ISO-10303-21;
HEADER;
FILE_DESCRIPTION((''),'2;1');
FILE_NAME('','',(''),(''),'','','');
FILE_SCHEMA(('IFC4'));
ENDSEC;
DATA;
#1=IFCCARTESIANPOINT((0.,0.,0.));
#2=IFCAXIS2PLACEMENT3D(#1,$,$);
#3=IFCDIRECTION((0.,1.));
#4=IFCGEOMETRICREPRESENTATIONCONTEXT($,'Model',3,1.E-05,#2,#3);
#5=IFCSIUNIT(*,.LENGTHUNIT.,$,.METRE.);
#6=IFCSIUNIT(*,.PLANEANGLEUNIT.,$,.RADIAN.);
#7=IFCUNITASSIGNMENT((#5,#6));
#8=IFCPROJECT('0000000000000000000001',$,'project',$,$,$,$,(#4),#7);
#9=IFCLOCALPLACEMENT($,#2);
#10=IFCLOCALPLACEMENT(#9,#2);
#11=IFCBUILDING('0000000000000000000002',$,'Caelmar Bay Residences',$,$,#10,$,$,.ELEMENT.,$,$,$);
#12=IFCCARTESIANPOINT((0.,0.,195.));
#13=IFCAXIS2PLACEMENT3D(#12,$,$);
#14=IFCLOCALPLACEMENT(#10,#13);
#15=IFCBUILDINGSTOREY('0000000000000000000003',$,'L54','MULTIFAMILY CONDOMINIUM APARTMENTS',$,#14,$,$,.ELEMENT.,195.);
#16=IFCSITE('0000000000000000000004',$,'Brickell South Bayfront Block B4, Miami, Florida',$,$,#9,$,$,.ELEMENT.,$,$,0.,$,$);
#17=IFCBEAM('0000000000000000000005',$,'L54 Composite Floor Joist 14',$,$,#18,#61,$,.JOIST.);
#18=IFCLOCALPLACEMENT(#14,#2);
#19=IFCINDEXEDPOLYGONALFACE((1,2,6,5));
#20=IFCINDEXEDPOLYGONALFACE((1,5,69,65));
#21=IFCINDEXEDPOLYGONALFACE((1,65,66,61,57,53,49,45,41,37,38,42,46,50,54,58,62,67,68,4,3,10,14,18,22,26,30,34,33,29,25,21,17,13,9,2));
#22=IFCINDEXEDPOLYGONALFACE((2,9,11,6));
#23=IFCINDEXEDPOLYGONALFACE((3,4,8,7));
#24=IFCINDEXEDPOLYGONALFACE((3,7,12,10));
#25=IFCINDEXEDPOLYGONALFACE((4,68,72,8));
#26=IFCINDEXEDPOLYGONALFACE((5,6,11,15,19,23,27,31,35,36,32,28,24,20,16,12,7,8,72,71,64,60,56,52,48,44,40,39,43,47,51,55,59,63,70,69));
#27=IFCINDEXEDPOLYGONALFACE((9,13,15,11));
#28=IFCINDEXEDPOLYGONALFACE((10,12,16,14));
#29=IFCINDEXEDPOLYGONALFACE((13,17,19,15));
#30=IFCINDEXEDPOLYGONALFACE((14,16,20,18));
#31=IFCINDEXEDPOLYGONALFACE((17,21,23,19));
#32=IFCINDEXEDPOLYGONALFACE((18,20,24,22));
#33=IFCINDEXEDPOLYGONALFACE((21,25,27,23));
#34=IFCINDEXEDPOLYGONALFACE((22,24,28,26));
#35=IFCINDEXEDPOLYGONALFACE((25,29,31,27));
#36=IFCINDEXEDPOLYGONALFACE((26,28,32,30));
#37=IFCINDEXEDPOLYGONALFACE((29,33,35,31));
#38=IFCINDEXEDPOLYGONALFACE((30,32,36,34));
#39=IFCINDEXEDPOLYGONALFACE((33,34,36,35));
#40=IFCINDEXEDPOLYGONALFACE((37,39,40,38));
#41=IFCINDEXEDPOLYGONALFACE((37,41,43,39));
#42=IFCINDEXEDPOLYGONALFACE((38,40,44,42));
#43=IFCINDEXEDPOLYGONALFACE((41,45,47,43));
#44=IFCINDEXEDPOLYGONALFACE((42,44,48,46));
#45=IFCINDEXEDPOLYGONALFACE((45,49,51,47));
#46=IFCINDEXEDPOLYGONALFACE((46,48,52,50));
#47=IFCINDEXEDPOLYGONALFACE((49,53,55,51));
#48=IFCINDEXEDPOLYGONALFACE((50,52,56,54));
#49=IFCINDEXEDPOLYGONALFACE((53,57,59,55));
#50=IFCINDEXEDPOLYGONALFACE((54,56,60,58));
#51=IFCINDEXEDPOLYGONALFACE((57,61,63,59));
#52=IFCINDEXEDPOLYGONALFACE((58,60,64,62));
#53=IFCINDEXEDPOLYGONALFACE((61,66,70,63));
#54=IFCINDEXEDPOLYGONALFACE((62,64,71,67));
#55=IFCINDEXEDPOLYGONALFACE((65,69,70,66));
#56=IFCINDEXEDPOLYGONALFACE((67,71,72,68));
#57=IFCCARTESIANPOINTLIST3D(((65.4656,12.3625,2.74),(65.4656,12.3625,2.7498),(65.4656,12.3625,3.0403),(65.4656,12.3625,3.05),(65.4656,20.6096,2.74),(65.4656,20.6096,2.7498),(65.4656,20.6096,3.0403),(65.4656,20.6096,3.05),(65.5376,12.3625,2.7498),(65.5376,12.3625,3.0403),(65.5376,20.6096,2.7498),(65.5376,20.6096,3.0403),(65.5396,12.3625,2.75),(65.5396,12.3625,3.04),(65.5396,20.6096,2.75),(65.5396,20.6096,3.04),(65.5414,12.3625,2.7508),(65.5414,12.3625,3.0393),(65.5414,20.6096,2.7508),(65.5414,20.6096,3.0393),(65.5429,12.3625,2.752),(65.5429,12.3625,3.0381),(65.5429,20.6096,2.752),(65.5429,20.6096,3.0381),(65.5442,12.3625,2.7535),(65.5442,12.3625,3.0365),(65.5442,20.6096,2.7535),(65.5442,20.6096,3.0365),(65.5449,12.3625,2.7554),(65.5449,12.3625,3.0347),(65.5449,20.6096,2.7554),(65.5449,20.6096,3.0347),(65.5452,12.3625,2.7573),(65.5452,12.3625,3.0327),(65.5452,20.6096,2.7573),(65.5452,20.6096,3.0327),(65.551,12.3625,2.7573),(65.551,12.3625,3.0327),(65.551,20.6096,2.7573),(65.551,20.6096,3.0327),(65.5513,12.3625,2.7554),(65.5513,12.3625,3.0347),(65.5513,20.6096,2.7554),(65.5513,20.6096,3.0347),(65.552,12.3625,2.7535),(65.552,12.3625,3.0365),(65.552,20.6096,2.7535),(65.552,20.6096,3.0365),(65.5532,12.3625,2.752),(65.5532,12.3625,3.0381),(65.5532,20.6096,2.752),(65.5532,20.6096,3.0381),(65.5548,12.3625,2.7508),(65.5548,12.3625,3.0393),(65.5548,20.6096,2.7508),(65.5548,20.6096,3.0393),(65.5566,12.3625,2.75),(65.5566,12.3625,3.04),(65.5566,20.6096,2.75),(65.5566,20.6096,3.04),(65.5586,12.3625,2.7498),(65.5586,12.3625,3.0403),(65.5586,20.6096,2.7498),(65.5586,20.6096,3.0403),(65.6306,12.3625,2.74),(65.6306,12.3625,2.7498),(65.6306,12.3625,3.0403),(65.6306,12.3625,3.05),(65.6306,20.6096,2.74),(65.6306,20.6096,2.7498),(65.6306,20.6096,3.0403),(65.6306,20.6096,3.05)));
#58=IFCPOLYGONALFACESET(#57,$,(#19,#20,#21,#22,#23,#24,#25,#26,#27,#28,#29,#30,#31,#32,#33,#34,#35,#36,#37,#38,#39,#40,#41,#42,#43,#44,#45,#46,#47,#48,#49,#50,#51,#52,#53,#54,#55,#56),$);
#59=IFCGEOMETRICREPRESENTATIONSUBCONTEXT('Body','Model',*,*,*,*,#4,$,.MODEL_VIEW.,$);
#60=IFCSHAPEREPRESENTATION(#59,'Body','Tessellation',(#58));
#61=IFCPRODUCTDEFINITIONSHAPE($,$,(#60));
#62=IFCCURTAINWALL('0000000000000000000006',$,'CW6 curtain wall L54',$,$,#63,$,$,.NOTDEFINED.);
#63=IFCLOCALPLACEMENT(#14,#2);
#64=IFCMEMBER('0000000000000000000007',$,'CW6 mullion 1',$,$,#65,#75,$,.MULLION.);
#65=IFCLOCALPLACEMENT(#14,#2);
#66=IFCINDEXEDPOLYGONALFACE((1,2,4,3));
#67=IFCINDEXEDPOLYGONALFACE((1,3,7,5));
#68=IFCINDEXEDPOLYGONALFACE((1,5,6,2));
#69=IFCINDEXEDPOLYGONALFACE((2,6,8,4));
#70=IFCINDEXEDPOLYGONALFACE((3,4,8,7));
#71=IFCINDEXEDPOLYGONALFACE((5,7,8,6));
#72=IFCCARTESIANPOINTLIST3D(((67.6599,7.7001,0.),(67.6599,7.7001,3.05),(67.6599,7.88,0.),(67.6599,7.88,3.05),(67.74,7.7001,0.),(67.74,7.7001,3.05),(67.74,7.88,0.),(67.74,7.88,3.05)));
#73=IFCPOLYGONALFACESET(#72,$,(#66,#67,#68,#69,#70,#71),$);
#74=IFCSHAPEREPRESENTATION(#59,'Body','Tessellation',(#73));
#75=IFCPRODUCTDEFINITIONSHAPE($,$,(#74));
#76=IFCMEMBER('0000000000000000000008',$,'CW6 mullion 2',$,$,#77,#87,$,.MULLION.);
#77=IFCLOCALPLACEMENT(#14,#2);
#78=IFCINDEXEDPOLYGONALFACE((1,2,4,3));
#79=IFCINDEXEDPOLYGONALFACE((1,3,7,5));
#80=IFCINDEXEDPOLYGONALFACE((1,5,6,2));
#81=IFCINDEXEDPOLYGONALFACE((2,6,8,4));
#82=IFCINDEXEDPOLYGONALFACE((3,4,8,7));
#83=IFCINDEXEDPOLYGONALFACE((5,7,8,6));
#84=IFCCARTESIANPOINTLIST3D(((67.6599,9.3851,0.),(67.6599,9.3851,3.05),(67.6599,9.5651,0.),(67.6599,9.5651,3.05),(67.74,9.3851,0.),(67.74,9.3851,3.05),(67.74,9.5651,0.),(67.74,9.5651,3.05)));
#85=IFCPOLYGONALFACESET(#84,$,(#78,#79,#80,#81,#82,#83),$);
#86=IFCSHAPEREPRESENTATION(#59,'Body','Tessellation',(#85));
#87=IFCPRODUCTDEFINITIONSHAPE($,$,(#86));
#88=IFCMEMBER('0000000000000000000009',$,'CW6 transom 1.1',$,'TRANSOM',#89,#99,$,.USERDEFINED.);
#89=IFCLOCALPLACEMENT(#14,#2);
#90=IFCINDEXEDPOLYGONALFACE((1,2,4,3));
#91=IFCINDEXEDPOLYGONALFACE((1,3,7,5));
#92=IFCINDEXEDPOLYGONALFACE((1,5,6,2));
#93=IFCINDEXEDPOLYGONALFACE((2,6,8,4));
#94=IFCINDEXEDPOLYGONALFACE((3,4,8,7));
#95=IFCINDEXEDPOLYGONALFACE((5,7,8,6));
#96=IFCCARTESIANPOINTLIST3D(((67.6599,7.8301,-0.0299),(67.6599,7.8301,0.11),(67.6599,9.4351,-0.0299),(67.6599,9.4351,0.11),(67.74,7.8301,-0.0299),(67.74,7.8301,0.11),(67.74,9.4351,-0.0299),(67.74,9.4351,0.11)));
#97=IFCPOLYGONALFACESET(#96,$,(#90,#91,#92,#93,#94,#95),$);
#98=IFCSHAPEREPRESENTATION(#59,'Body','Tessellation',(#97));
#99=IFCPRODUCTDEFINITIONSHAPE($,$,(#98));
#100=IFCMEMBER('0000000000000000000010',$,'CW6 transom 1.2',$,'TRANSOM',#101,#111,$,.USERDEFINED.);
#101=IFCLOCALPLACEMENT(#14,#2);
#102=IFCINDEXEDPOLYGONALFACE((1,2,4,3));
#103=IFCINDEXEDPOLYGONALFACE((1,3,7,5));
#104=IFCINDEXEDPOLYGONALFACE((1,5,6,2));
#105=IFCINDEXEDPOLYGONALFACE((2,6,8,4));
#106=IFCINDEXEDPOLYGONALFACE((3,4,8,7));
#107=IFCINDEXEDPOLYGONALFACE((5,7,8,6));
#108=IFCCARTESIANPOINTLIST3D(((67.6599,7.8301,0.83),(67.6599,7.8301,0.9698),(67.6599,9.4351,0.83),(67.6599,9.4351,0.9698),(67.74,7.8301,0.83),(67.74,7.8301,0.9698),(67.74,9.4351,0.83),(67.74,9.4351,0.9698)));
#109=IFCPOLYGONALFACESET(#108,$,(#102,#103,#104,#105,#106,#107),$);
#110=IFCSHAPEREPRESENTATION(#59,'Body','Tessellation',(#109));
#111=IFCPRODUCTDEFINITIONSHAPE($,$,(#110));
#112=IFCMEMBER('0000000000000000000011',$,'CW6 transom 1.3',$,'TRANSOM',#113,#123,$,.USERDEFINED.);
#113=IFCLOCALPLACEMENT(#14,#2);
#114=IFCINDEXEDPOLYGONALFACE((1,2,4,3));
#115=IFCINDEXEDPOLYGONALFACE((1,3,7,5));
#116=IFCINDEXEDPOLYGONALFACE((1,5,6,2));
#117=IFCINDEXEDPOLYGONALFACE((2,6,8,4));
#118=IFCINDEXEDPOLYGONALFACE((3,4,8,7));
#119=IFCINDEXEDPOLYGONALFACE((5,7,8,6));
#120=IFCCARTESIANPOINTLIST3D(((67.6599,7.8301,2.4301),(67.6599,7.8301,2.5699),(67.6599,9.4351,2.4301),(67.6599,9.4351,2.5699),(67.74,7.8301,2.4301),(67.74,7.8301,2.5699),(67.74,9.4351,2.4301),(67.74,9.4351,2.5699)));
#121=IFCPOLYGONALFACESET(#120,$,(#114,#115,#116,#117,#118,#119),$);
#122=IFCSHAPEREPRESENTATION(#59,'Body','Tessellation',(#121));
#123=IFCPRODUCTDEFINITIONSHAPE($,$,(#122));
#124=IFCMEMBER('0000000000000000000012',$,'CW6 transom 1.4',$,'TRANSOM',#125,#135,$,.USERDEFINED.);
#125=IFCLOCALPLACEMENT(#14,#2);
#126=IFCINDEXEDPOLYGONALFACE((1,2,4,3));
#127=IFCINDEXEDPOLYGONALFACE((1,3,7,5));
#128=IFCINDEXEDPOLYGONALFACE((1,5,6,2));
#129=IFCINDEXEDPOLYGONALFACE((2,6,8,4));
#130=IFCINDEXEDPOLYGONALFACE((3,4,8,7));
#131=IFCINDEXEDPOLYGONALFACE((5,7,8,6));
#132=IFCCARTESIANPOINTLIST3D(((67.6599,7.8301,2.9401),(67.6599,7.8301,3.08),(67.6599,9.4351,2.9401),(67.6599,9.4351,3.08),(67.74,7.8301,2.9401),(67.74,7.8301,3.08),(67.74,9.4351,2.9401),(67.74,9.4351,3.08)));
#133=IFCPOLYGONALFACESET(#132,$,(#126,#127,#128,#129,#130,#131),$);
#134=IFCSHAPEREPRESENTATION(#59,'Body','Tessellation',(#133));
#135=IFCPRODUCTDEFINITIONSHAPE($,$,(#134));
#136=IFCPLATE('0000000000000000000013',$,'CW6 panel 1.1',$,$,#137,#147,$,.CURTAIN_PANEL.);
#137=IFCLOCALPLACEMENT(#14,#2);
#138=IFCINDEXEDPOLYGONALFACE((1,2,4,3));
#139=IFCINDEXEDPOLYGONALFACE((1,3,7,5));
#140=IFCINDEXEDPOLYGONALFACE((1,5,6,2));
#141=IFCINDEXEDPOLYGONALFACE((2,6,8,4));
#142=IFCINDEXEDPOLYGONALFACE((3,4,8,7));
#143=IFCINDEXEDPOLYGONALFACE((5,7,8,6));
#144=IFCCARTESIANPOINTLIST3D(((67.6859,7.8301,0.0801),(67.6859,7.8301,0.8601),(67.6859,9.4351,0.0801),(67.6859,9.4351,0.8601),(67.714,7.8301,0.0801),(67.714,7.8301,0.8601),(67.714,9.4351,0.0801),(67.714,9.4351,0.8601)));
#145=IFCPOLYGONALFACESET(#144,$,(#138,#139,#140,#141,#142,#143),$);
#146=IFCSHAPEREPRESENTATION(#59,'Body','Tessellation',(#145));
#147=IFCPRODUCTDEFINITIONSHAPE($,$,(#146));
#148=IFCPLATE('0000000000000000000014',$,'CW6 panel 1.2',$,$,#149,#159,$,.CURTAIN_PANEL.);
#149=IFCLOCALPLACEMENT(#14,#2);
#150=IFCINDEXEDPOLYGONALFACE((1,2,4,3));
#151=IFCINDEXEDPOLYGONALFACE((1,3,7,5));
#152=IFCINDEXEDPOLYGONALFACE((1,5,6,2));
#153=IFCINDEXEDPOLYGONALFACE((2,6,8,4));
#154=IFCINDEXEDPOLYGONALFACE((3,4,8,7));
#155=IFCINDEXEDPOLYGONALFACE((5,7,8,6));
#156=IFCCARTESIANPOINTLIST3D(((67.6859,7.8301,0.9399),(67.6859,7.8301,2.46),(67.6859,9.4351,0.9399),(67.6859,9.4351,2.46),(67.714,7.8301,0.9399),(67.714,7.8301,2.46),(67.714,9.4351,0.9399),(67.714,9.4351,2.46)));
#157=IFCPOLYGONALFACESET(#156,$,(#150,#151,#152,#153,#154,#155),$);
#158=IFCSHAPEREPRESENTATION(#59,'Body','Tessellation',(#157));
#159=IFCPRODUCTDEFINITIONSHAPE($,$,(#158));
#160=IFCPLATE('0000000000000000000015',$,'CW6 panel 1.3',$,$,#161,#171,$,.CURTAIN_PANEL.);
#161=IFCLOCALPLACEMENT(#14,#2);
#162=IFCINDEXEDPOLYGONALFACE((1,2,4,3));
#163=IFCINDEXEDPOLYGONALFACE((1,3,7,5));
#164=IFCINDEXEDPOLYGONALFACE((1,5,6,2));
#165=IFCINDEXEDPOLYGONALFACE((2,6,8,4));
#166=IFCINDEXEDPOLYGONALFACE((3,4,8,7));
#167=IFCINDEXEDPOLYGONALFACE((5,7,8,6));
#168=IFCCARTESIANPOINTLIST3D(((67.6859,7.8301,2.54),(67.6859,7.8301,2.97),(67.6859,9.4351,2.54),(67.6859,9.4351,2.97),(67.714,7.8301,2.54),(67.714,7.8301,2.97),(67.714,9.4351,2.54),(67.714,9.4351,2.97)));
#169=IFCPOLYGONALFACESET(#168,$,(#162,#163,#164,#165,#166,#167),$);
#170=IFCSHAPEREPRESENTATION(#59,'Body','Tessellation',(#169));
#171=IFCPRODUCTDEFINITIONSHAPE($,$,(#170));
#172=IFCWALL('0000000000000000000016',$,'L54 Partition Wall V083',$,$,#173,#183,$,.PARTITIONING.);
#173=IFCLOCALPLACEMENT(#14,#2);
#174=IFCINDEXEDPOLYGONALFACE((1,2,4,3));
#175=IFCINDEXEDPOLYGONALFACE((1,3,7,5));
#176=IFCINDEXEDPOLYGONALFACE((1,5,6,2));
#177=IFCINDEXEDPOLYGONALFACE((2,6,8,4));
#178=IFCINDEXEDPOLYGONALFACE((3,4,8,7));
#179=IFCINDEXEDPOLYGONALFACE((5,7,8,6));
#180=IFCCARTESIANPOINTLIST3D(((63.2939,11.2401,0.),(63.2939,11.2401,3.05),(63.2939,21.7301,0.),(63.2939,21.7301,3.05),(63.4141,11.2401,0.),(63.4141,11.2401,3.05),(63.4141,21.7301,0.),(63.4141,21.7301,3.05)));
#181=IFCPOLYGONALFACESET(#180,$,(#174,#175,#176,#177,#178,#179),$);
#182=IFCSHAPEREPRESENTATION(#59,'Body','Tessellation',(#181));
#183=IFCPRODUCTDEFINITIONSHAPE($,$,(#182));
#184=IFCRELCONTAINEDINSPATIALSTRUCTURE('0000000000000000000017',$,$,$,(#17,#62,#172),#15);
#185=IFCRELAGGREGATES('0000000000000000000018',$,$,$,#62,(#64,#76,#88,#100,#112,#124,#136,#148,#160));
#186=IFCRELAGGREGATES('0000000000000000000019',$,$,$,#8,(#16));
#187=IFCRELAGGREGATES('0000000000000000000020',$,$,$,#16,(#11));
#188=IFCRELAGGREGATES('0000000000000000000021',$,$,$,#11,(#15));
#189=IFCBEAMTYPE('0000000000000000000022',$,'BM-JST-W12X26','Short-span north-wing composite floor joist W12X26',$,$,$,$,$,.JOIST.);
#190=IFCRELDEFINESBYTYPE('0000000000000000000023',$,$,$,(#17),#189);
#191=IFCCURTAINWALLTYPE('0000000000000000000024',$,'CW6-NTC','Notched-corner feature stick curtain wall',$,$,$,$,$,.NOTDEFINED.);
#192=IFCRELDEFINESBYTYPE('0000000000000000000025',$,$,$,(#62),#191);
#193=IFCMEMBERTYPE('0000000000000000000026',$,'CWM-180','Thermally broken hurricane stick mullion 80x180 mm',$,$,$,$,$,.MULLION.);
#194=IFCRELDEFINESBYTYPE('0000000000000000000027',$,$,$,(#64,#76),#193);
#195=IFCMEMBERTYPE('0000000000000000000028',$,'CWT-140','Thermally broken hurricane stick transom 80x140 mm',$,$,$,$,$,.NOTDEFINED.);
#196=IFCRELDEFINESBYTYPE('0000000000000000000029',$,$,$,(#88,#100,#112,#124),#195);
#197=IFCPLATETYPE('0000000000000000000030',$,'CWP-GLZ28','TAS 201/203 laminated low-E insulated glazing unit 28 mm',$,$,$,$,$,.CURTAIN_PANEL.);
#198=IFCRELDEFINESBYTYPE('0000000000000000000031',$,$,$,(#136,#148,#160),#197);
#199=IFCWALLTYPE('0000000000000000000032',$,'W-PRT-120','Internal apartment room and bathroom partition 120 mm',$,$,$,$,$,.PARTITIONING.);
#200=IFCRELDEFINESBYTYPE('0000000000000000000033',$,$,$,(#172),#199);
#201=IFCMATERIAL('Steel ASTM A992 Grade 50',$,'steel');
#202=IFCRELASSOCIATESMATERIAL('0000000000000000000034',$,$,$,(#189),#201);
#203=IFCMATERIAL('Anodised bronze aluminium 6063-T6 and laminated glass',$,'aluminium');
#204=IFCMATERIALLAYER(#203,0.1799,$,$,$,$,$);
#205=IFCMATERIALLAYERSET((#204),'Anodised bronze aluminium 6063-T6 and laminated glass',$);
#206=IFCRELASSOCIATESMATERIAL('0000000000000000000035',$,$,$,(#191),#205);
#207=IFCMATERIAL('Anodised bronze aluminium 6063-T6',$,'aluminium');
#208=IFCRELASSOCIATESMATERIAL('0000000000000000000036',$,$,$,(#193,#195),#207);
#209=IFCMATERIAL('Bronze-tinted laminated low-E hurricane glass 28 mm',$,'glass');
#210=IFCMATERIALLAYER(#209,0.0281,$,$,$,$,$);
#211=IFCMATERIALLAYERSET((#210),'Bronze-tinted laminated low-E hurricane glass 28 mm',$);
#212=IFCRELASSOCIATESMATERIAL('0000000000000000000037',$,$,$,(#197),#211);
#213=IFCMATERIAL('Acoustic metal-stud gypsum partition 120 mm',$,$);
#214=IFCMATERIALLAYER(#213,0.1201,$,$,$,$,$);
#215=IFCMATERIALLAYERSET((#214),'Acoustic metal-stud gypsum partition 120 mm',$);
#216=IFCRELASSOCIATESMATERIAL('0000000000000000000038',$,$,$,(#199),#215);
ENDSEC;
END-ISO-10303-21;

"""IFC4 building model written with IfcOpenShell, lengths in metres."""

from ifc_helpers import new_model, si_unit, direction, frame, frame_2d, origin, origin_2d, place, context, subcontext, project, spatial, rectangle, i_section, extrude, material, layer, layer_set, material_profile, profile_set, type_object, element, aggregate, save


model = new_model("IFC4")

# Units and contexts
model_context = context("Model", 3, precision=1e-05, world=origin(), true_north=direction((0.0, 1.0)))
body_context = subcontext(model_context, "Body", "Model", "MODEL_VIEW")
ifc_project = project(units=[si_unit("LENGTHUNIT", "METRE"), si_unit("PLANEANGLEUNIT", "RADIAN")], contexts=[model_context])

# Site, building, storey
site_placement = place(None, origin())
site = spatial("IfcSite", under=ifc_project, at=site_placement, Name="Brickell South Bayfront Block B4, Miami, Florida", CompositionType="ELEMENT", RefElevation=0.0)
building_placement = place(site_placement, origin())
building = spatial("IfcBuilding", under=site, at=building_placement, Name="Caelmar Bay Residences", CompositionType="ELEMENT")
storey_placement = place(building_placement, frame((0.0, 0.0, 195.0)))
storey = spatial("IfcBuildingStorey", under=building, at=storey_placement, Name="L54", Description="MULTIFAMILY CONDOMINIUM APARTMENTS", CompositionType="ELEMENT", Elevation=195.0)

# Beam
ifc_material_1 = material(Name="Steel ASTM A992 Grade 50", Category="steel")
ifc_material_profile_1 = material_profile(ifc_material_1, i_section(OverallWidth=0.165, OverallDepth=0.3101, WebThickness=0.0059, FlangeThickness=0.0098, FilletRadius=0.0076, at=origin_2d()), Name="W12X26")
ifc_profile_set_1 = profile_set([ifc_material_profile_1], Name="Steel ASTM A992 Grade 50")
beam_type = type_object("IfcBeamType", Name="BM-JST-W12X26", Description="Short-span north-wing composite floor joist W12X26", PredefinedType="JOIST", material=ifc_profile_set_1)
beam_placement = place(storey_placement, frame((65.5481, 12.3625, 2.895), z_axis=(0.0, 1.0, 0.0), x_axis=(-1.0, 0.0, 0.0)))
element("IfcBeam", 1, at=beam_placement, inside=storey, type_object=beam_type, Name="L54 Composite Floor Joist 14", PredefinedType="JOIST", context=body_context, shape_type="SweptSolid", body=[
    extrude(i_section(OverallWidth=0.165, OverallDepth=0.3101, WebThickness=0.0059, FlangeThickness=0.0098, FilletRadius=0.0076, at=origin_2d()), origin(), (0.0, 0.0, 1.0), 8.2471),
])

# Curtain wall, members, plates
ifc_material_2 = material(Name="Anodised bronze aluminium 6063-T6 and laminated glass", Category="aluminium")
ifc_layer_1 = layer(ifc_material_2, 0.1799)
ifc_layer_set_1 = layer_set([ifc_layer_1], Name="Anodised bronze aluminium 6063-T6 and laminated glass")
curtain_wall_type = type_object("IfcCurtainWallType", Name="CW6-NTC", Description="Notched-corner feature stick curtain wall", PredefinedType="NOTDEFINED", material=ifc_layer_set_1)
curtain_wall_placement = place(storey_placement, origin())
curtain_wall = element("IfcCurtainWall", 2, at=curtain_wall_placement, inside=storey, type_object=curtain_wall_type, Name="CW6 curtain wall L54", PredefinedType="NOTDEFINED")
ifc_material_3 = material(Name="Anodised bronze aluminium 6063-T6", Category="aluminium")
ifc_material_profile_2 = material_profile(ifc_material_3, rectangle(XDim=0.0801, YDim=0.1799, at=origin_2d()), Name="CWM-80X180")
ifc_profile_set_2 = profile_set([ifc_material_profile_2], Name="Anodised bronze aluminium 6063-T6")
member_type_1 = type_object("IfcMemberType", Name="CWM-180", Description="Thermally broken hurricane stick mullion 80x180 mm", PredefinedType="MULLION", material=ifc_profile_set_2)
member_1_placement = place(storey_placement, frame((67.7, 7.79, 0.0), z_axis=(0.0, 0.0, 1.0), x_axis=(-1.0, 0.0, 0.0)))
member_1 = element("IfcMember", 3, at=member_1_placement, type_object=member_type_1, Name="CW6 mullion 1", PredefinedType="MULLION", context=body_context, shape_type="SweptSolid", body=[
    extrude(rectangle(XDim=0.0801, YDim=0.1799, at=origin_2d()), origin(), (0.0, 0.0, 1.0), 3.05),
])
member_2_placement = place(storey_placement, frame((67.7, 9.4751, 0.0), z_axis=(0.0, 0.0, 1.0), x_axis=(-1.0, 0.0, 0.0)))
member_2 = element("IfcMember", 4, at=member_2_placement, type_object=member_type_1, Name="CW6 mullion 2", PredefinedType="MULLION", context=body_context, shape_type="SweptSolid", body=[
    extrude(rectangle(XDim=0.0801, YDim=0.1799, at=origin_2d()), origin(), (0.0, 0.0, 1.0), 3.05),
])
ifc_material_profile_3 = material_profile(ifc_material_3, rectangle(XDim=0.0801, YDim=0.1399, at=origin_2d()), Name="CWT-80X140")
ifc_profile_set_3 = profile_set([ifc_material_profile_3], Name="Anodised bronze aluminium 6063-T6")
member_type_2 = type_object("IfcMemberType", Name="CWT-140", Description="Thermally broken hurricane stick transom 80x140 mm", PredefinedType="NOTDEFINED", material=ifc_profile_set_3)
member_3_placement = place(storey_placement, frame((67.7, 7.8301, 0.04), z_axis=(0.0, 1.0, 0.0), x_axis=(-1.0, 0.0, 0.0)))
member_3 = element("IfcMember", 5, at=member_3_placement, type_object=member_type_2, Name="CW6 transom 1.1", ObjectType="TRANSOM", PredefinedType="USERDEFINED", context=body_context, shape_type="SweptSolid", body=[
    extrude(rectangle(XDim=0.0801, YDim=0.1399, at=origin_2d()), origin(), (0.0, 0.0, 1.0), 1.605),
])
member_4_placement = place(storey_placement, frame((67.7, 7.8301, 0.8999), z_axis=(0.0, 1.0, 0.0), x_axis=(-1.0, 0.0, 0.0)))
member_4 = element("IfcMember", 6, at=member_4_placement, type_object=member_type_2, Name="CW6 transom 1.2", ObjectType="TRANSOM", PredefinedType="USERDEFINED", context=body_context, shape_type="SweptSolid", body=[
    extrude(rectangle(XDim=0.0801, YDim=0.1399, at=origin_2d()), origin(), (0.0, 0.0, 1.0), 1.605),
])
member_5_placement = place(storey_placement, frame((67.7, 7.8301, 2.5), z_axis=(0.0, 1.0, 0.0), x_axis=(-1.0, 0.0, 0.0)))
member_5 = element("IfcMember", 7, at=member_5_placement, type_object=member_type_2, Name="CW6 transom 1.3", ObjectType="TRANSOM", PredefinedType="USERDEFINED", context=body_context, shape_type="SweptSolid", body=[
    extrude(rectangle(XDim=0.0801, YDim=0.1399, at=origin_2d()), origin(), (0.0, 0.0, 1.0), 1.605),
])
member_6_placement = place(storey_placement, frame((67.7, 7.8301, 3.01), z_axis=(0.0, 1.0, 0.0), x_axis=(-1.0, 0.0, 0.0)))
member_6 = element("IfcMember", 8, at=member_6_placement, type_object=member_type_2, Name="CW6 transom 1.4", ObjectType="TRANSOM", PredefinedType="USERDEFINED", context=body_context, shape_type="SweptSolid", body=[
    extrude(rectangle(XDim=0.0801, YDim=0.1399, at=origin_2d()), origin(), (0.0, 0.0, 1.0), 1.605),
])
ifc_material_4 = material(Name="Bronze-tinted laminated low-E hurricane glass 28 mm", Category="glass")
ifc_layer_2 = layer(ifc_material_4, 0.0281)
ifc_layer_set_2 = layer_set([ifc_layer_2], Name="Bronze-tinted laminated low-E hurricane glass 28 mm")
plate_type = type_object("IfcPlateType", Name="CWP-GLZ28", Description="TAS 201/203 laminated low-E insulated glazing unit 28 mm", PredefinedType="CURTAIN_PANEL", material=ifc_layer_set_2)
plate_1_placement = place(storey_placement, frame((67.7, 8.6326, 0.0801), z_axis=(0.0, 0.0, 1.0), x_axis=(0.0, 1.0, 0.0)))
plate_1 = element("IfcPlate", 9, at=plate_1_placement, type_object=plate_type, Name="CW6 panel 1.1", PredefinedType="CURTAIN_PANEL", context=body_context, shape_type="SweptSolid", body=[
    extrude(rectangle(XDim=1.605, YDim=0.0281, at=origin_2d()), origin(), (0.0, 0.0, 1.0), 0.78),
])
plate_2_placement = place(storey_placement, frame((67.7, 8.6326, 0.9399), z_axis=(0.0, 0.0, 1.0), x_axis=(0.0, 1.0, 0.0)))
plate_2 = element("IfcPlate", 10, at=plate_2_placement, type_object=plate_type, Name="CW6 panel 1.2", PredefinedType="CURTAIN_PANEL", context=body_context, shape_type="SweptSolid", body=[
    extrude(rectangle(XDim=1.605, YDim=0.0281, at=origin_2d()), origin(), (0.0, 0.0, 1.0), 1.52),
])
plate_3_placement = place(storey_placement, frame((67.7, 8.6326, 2.54), z_axis=(0.0, 0.0, 1.0), x_axis=(0.0, 1.0, 0.0)))
plate_3 = element("IfcPlate", 11, at=plate_3_placement, type_object=plate_type, Name="CW6 panel 1.3", PredefinedType="CURTAIN_PANEL", context=body_context, shape_type="SweptSolid", body=[
    extrude(rectangle(XDim=1.605, YDim=0.0281, at=origin_2d()), origin(), (0.0, 0.0, 1.0), 0.4299),
])
aggregate(curtain_wall, [member_1, member_2, member_3, member_4, member_5, member_6, plate_1, plate_2, plate_3])

# Wall
ifc_material_5 = material(Name="Acoustic metal-stud gypsum partition 120 mm")
ifc_layer_3 = layer(ifc_material_5, 0.1201)
ifc_layer_set_3 = layer_set([ifc_layer_3], Name="Acoustic metal-stud gypsum partition 120 mm")
wall_type_1 = type_object("IfcWallType", Name="W-PRT-120", Description="Internal apartment room and bathroom partition 120 mm", PredefinedType="PARTITIONING", material=ifc_layer_set_3)
wall_1_placement = place(storey_placement, frame((63.354, 11.24, 0.0), z_axis=(0.0, 0.0, 1.0), x_axis=(0.0, 1.0, 0.0)))
element("IfcWall", 12, at=wall_1_placement, inside=storey, type_object=wall_type_1, Name="L54 Partition Wall V083", PredefinedType="PARTITIONING", context=body_context, shape_type="SweptSolid", body=[
    extrude(rectangle(XDim=10.49, YDim=0.1201, at=frame_2d((5.2451, 0.0))), origin(), (0.0, 0.0, 1.0), 3.05),
])

save(model, "model.ifc")
